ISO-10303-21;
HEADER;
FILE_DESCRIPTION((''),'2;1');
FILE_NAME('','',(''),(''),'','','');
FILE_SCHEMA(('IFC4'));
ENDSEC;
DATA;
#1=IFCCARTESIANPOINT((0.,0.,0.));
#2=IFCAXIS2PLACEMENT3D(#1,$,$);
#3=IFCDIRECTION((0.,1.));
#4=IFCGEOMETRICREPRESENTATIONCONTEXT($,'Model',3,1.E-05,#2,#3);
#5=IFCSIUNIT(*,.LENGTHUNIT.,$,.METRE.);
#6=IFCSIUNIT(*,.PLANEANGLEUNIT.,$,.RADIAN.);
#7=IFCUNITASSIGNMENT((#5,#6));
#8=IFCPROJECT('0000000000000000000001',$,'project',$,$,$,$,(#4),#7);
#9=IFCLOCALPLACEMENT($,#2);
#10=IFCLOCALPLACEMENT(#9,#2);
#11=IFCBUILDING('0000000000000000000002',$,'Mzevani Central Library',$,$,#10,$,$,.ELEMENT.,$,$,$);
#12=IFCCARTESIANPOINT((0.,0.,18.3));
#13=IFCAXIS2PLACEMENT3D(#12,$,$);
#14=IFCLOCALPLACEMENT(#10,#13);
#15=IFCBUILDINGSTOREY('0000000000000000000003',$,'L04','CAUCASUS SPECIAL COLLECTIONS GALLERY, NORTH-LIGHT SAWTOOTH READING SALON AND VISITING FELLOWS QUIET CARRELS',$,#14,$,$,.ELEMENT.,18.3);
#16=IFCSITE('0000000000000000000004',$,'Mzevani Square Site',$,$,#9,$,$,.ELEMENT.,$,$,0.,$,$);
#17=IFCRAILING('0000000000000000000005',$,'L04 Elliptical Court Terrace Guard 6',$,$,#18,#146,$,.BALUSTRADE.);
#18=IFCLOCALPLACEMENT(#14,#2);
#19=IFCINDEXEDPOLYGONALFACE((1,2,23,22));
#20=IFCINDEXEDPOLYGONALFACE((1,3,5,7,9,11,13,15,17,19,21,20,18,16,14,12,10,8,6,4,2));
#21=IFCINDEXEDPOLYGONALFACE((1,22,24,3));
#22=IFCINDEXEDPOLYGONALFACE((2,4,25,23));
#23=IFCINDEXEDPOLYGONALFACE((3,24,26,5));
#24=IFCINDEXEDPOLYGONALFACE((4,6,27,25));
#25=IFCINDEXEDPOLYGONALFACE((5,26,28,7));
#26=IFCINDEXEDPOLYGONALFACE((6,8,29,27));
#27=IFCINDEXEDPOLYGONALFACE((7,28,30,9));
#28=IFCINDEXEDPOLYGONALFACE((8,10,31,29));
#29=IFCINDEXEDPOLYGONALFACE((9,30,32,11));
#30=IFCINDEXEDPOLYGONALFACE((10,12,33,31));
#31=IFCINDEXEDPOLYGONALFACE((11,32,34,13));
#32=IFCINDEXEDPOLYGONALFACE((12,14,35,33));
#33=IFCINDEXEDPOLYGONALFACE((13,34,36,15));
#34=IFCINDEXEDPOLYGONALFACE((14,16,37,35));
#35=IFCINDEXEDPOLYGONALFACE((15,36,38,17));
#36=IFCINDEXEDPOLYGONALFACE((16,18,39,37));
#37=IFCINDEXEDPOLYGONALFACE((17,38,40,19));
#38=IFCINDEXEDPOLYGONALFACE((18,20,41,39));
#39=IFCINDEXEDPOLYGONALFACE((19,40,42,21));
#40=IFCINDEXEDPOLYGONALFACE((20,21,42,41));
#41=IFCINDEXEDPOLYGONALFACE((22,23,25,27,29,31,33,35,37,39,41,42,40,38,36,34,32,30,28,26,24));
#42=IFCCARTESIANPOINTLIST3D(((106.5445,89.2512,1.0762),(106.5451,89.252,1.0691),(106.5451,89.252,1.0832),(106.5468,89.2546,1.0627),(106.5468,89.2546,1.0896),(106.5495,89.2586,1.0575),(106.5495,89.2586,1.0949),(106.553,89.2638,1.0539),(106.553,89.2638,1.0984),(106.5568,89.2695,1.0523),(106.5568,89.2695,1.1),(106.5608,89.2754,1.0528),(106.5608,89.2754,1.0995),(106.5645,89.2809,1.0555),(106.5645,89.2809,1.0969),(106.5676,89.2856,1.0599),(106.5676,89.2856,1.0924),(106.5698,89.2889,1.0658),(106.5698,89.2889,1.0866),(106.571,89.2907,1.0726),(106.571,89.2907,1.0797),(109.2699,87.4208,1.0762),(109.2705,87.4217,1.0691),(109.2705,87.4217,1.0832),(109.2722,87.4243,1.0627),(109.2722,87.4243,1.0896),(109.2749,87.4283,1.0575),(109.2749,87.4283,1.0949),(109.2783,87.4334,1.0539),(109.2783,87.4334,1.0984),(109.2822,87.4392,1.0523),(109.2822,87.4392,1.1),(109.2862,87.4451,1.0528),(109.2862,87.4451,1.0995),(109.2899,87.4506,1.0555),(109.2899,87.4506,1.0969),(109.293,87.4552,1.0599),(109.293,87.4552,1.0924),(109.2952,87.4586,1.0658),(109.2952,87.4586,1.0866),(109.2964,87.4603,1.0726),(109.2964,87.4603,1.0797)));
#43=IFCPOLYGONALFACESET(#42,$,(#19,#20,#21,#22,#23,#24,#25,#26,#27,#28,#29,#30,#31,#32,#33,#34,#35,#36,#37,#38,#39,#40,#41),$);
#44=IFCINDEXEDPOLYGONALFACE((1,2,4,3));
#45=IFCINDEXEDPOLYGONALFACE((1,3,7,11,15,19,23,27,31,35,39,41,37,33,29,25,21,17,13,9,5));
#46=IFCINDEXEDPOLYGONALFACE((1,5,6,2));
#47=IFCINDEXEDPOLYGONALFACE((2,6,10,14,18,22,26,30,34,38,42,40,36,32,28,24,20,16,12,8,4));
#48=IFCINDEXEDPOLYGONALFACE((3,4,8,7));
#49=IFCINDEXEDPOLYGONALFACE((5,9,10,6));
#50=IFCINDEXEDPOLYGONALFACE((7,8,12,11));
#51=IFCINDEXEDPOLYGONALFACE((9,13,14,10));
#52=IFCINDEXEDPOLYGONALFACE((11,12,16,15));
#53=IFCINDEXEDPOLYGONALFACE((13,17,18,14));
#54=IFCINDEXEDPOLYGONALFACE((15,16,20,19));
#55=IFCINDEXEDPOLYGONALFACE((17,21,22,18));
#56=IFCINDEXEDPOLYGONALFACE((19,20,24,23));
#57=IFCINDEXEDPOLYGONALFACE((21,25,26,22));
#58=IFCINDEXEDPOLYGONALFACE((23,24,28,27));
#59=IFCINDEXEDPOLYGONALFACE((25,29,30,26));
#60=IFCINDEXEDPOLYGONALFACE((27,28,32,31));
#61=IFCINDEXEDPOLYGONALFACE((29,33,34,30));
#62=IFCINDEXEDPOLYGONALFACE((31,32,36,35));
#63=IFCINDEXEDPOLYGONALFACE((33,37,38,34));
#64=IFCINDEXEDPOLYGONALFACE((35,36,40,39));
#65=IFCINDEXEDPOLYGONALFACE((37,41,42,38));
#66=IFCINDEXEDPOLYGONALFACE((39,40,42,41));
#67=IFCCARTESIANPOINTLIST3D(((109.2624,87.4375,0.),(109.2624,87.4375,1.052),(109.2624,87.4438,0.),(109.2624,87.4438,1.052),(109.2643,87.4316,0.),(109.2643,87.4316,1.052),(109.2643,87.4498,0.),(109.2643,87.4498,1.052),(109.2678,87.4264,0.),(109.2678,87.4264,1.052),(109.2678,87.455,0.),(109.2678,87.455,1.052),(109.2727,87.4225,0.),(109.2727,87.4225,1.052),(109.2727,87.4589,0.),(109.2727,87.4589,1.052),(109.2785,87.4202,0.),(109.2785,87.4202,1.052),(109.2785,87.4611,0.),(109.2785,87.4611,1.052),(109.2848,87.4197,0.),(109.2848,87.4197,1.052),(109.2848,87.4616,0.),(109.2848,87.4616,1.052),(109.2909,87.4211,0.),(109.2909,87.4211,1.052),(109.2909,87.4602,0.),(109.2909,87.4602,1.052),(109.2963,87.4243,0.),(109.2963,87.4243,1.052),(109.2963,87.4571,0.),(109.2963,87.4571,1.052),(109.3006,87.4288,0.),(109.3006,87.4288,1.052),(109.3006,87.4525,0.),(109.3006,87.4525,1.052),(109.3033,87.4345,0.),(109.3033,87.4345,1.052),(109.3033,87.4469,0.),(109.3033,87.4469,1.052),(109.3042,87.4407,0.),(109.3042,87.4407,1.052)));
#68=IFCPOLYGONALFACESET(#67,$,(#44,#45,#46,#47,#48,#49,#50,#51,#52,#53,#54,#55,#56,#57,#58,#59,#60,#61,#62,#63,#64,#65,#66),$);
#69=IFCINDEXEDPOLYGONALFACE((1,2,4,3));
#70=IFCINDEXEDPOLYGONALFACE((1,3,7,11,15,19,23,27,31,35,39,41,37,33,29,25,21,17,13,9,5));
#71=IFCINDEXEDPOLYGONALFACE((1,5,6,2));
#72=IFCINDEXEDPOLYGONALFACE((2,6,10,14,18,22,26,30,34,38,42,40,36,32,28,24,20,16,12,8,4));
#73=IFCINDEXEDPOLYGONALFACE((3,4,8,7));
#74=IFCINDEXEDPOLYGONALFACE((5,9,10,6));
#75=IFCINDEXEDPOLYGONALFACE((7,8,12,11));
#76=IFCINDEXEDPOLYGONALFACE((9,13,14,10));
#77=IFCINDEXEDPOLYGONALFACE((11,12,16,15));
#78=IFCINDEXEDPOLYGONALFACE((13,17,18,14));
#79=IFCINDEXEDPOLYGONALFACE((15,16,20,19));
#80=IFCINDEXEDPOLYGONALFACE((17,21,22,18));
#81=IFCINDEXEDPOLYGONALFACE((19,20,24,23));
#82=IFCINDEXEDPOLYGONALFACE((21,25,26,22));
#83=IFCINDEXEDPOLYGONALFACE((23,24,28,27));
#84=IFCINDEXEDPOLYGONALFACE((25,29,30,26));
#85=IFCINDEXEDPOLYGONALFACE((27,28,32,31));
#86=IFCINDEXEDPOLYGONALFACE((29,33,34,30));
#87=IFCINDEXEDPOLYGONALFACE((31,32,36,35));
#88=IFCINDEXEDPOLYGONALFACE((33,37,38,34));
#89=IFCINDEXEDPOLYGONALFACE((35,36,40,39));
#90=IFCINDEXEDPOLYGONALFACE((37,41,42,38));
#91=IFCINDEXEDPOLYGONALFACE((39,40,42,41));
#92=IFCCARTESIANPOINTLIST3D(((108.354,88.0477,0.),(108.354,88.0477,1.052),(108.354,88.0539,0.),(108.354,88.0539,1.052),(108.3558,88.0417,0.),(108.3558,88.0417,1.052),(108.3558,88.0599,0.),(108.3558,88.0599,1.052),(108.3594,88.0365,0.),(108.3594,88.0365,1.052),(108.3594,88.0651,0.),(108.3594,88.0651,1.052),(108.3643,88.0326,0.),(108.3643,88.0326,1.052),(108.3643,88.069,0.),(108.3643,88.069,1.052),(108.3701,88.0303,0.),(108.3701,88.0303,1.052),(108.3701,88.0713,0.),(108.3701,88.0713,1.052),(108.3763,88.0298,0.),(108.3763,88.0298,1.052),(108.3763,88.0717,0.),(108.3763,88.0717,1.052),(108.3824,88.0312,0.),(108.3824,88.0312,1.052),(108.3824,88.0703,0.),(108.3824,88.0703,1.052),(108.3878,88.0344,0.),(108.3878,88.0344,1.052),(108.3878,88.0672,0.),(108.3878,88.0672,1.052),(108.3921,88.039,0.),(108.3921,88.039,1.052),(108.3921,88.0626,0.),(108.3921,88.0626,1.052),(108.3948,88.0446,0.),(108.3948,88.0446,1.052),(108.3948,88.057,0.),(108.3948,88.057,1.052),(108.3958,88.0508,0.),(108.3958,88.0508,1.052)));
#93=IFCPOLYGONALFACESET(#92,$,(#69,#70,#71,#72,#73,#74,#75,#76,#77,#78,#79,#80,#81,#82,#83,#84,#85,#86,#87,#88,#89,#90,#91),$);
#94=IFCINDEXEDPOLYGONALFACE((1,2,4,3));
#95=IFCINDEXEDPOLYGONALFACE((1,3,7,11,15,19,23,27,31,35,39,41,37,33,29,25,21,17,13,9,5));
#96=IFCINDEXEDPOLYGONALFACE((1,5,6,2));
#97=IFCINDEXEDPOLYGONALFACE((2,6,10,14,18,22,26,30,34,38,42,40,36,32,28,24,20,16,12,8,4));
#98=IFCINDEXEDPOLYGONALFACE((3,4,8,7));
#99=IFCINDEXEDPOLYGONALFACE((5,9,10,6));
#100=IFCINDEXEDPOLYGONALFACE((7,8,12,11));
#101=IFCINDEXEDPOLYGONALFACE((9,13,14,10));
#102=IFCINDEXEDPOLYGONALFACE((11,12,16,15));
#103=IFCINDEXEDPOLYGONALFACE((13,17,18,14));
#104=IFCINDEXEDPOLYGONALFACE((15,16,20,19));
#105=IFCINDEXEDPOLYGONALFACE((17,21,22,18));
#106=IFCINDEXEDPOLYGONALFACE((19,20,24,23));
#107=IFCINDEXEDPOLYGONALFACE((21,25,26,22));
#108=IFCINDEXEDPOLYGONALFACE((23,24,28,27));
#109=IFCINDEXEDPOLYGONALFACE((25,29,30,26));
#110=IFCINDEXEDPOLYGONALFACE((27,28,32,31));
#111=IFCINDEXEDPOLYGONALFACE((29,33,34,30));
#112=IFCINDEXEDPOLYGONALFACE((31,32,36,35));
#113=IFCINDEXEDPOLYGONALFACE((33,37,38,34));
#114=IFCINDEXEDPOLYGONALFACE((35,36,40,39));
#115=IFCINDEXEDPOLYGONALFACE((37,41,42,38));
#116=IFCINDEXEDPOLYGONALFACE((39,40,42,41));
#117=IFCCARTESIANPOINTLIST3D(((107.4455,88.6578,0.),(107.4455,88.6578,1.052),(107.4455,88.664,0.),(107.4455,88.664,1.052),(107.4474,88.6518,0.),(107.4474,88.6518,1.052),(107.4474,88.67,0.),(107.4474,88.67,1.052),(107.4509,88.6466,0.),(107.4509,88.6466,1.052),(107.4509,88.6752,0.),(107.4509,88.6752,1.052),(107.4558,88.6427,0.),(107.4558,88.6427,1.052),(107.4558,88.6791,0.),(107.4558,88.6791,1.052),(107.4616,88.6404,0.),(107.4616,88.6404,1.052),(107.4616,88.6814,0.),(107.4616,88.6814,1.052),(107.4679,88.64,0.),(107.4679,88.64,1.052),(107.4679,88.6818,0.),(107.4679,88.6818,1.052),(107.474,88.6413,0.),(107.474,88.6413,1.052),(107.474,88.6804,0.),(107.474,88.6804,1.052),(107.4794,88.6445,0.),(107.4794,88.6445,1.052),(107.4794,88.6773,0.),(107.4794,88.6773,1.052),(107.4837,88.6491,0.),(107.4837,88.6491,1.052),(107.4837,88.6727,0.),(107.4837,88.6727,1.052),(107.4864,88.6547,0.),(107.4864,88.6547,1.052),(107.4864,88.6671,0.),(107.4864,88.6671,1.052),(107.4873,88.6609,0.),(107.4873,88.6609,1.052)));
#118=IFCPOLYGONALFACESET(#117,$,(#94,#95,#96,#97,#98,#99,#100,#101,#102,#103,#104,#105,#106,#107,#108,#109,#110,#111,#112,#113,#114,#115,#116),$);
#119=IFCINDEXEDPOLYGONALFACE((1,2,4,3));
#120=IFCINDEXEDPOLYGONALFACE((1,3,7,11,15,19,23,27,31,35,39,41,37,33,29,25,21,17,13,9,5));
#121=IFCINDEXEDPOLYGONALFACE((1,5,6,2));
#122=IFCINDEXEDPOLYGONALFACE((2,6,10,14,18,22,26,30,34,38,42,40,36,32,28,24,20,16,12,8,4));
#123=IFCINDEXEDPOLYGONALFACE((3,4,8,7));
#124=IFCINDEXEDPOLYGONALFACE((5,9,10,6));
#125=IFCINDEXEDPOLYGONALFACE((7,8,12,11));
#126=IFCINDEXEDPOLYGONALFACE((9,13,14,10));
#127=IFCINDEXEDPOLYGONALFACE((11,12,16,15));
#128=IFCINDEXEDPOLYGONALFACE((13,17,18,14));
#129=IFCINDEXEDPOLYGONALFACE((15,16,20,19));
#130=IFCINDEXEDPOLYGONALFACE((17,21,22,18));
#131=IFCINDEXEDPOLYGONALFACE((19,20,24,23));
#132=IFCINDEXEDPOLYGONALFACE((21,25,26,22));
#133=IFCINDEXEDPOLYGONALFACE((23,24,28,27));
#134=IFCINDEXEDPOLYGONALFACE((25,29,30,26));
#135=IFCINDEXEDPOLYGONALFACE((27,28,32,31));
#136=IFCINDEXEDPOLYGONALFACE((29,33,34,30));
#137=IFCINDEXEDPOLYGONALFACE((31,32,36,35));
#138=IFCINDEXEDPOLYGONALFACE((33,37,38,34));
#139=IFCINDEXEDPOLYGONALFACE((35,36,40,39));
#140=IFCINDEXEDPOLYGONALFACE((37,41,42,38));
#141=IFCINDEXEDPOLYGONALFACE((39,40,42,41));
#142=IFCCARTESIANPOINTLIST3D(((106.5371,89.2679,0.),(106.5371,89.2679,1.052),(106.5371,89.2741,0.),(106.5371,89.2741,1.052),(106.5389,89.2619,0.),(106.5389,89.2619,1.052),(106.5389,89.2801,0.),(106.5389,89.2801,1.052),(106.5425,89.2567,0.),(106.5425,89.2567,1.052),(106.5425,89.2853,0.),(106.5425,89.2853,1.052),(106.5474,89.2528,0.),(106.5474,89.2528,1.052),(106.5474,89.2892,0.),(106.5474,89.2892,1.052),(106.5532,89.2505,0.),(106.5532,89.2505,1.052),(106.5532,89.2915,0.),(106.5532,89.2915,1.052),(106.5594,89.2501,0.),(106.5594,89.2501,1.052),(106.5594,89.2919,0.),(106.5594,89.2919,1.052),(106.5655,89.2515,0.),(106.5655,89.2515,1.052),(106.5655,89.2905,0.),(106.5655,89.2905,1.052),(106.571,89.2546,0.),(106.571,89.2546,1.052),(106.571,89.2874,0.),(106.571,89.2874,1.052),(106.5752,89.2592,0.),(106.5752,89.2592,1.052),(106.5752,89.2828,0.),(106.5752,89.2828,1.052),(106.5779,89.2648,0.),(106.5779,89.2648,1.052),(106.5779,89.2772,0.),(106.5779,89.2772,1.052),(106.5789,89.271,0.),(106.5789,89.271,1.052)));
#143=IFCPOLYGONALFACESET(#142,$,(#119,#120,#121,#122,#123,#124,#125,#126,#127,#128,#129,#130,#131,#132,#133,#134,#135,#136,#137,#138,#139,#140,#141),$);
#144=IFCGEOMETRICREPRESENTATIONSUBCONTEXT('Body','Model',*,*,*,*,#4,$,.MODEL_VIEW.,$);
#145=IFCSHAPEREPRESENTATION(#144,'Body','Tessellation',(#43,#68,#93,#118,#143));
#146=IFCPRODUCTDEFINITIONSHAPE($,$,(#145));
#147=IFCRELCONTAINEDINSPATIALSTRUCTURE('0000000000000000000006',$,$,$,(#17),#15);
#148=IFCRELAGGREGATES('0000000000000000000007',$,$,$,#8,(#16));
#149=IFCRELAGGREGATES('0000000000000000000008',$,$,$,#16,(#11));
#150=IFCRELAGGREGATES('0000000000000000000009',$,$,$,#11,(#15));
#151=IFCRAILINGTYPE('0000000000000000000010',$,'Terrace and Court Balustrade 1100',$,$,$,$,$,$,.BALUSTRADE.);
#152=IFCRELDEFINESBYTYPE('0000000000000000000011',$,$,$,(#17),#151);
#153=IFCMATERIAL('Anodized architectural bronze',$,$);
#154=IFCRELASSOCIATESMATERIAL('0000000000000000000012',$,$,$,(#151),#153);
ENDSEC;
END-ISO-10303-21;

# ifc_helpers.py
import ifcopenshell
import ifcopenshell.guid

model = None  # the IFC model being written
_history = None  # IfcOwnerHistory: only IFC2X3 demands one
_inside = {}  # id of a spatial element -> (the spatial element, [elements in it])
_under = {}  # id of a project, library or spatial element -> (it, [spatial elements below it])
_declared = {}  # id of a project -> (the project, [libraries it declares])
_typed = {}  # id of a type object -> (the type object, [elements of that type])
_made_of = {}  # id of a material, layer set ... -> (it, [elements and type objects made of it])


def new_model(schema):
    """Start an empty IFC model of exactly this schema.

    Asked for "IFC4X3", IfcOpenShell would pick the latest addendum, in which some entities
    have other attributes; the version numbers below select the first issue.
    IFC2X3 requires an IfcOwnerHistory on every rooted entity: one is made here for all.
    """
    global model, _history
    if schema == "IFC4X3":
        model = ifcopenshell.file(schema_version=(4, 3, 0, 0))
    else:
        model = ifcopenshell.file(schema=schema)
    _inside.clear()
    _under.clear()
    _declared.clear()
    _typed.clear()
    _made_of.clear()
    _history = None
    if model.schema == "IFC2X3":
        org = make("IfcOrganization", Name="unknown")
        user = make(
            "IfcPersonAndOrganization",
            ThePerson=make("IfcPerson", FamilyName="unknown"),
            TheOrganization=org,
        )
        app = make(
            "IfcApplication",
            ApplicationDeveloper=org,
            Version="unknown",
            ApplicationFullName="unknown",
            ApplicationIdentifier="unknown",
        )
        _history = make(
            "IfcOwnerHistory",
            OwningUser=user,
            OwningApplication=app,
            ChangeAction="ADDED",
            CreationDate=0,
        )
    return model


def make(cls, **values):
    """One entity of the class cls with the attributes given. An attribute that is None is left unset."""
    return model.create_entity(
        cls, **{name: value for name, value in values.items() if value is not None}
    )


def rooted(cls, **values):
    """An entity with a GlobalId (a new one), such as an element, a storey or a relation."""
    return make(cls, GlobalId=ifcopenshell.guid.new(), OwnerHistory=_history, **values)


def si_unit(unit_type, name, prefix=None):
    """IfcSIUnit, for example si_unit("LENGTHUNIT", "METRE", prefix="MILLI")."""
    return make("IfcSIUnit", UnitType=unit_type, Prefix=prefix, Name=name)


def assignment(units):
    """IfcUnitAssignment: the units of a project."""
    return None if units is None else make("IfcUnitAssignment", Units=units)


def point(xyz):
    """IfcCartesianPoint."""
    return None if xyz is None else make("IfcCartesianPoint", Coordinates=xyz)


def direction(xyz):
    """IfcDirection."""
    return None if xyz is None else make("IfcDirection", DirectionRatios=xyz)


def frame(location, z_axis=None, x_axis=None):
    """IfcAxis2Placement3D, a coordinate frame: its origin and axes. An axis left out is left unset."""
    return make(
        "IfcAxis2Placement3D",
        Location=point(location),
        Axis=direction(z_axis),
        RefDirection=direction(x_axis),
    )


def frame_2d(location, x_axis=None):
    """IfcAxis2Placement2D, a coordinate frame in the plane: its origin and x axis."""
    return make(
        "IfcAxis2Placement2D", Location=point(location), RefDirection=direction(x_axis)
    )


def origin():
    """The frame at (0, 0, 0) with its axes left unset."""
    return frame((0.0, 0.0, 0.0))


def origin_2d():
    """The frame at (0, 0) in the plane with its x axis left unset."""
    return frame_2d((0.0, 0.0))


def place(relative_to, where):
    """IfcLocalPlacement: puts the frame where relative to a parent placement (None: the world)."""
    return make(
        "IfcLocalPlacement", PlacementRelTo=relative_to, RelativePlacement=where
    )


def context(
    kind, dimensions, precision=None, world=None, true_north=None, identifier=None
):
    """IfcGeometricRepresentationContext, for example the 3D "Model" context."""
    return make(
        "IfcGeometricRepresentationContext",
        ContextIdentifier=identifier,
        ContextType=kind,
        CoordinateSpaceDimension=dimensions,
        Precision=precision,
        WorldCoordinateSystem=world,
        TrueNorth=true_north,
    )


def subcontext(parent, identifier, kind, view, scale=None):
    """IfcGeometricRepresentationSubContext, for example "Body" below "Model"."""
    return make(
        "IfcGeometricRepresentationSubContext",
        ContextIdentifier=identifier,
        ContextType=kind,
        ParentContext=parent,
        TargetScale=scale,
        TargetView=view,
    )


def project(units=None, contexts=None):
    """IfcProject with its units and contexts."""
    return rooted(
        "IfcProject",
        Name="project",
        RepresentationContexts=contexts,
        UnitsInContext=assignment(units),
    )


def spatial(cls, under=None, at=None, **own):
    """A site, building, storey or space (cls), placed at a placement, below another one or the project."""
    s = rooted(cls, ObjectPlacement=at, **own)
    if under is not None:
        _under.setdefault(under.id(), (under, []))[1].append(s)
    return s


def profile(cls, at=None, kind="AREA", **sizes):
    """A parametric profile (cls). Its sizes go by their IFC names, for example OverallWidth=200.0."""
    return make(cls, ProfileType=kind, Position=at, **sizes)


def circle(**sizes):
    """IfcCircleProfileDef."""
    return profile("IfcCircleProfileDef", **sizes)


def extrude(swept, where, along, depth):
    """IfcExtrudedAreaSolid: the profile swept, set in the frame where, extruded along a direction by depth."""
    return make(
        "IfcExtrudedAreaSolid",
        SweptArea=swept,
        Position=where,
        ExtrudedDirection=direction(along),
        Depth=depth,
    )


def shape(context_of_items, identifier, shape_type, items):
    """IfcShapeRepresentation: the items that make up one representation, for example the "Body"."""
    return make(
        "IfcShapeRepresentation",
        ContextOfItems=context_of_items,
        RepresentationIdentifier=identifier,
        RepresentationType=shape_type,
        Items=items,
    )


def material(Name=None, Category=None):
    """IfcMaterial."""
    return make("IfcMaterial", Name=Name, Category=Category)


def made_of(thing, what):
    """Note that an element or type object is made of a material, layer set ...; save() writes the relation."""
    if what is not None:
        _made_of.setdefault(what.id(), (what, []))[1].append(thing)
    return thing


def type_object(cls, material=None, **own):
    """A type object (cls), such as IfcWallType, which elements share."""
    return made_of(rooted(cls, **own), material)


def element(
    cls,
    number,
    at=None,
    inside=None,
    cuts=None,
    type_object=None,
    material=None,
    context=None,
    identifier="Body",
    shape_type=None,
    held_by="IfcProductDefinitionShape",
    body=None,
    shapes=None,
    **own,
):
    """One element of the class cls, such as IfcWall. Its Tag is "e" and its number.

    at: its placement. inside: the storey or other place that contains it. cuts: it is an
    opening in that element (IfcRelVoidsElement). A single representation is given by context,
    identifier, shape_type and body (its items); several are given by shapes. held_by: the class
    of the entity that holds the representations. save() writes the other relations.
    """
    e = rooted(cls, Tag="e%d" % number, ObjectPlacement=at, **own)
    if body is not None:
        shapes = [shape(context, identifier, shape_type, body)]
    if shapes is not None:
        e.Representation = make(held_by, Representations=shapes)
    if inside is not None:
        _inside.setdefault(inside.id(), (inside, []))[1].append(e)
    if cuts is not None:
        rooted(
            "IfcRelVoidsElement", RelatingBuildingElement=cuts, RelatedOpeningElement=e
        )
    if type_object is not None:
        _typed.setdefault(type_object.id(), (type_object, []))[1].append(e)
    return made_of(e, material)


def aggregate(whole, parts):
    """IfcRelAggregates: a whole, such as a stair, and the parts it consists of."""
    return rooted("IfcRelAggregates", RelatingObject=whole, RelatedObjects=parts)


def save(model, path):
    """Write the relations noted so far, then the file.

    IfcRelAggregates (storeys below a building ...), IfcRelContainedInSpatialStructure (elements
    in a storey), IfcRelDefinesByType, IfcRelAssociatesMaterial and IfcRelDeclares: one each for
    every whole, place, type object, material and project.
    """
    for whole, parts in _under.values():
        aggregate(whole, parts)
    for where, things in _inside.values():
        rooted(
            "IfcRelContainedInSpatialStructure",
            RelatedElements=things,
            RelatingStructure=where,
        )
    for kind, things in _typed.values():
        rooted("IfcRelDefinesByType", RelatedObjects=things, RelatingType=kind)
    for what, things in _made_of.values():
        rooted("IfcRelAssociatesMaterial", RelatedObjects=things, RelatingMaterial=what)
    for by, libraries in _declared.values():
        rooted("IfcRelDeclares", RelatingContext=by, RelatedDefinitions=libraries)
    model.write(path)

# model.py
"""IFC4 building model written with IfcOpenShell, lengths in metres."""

from ifc_helpers import new_model, si_unit, direction, frame, origin, origin_2d, place, context, subcontext, project, spatial, circle, extrude, material, type_object, element, save


model = new_model("IFC4")

# Units and contexts
model_context = context("Model", 3, precision=1e-05, world=origin(), true_north=direction((0.0, 1.0)))
body_context = subcontext(model_context, "Body", "Model", "MODEL_VIEW")
ifc_project = project(units=[si_unit("LENGTHUNIT", "METRE"), si_unit("PLANEANGLEUNIT", "RADIAN")], contexts=[model_context])

# Site, building, storey
site_placement = place(None, origin())
site = spatial("IfcSite", under=ifc_project, at=site_placement, Name="Mzevani Square Site", CompositionType="ELEMENT", RefElevation=0.0)
building_placement = place(site_placement, origin())
building = spatial("IfcBuilding", under=site, at=building_placement, Name="Mzevani Central Library", CompositionType="ELEMENT")
storey_placement = place(building_placement, frame((0.0, 0.0, 18.3)))
storey = spatial("IfcBuildingStorey", under=building, at=storey_placement, Name="L04", Description="CAUCASUS SPECIAL COLLECTIONS GALLERY, NORTH-LIGHT SAWTOOTH READING SALON AND VISITING FELLOWS QUIET CARRELS", CompositionType="ELEMENT", Elevation=18.3)

# Railing
ifc_material_1 = material(Name="Anodized architectural bronze")
railing_type = type_object("IfcRailingType", Name="Terrace and Court Balustrade 1100", PredefinedType="BALUSTRADE", material=ifc_material_1)
railing_1_placement = place(storey_placement, frame((109.2832, 87.4407, 0.0)))
element("IfcRailing", 1, at=railing_1_placement, inside=storey, type_object=railing_type, Name="L04 Elliptical Court Terrace Guard 6", PredefinedType="BALUSTRADE", context=body_context, shape_type="SweptSolid", body=[
    extrude(circle(Radius=0.0239, at=origin_2d()), frame((0.0, 0.0, 1.0762), z_axis=(-0.830158, 0.557529, 0.0), x_axis=(-0.557529, -0.830158, 0.0)), (0.0, 0.0, 1.0), 3.283),
    extrude(circle(Radius=0.021, at=origin_2d()), origin(), (0.0, 0.0, 1.0), 1.052),
    extrude(circle(Radius=0.021, at=origin_2d()), frame((-0.9084, 0.6101, 0.0)), (0.0, 0.0, 1.0), 1.052),
    extrude(circle(Radius=0.021, at=origin_2d()), frame((-1.8169, 1.2202, 0.0)), (0.0, 0.0, 1.0), 1.052),
    extrude(circle(Radius=0.021, at=origin_2d()), frame((-2.7253, 1.8303, 0.0)), (0.0, 0.0, 1.0), 1.052),
])

save(model, "model.ifc")
